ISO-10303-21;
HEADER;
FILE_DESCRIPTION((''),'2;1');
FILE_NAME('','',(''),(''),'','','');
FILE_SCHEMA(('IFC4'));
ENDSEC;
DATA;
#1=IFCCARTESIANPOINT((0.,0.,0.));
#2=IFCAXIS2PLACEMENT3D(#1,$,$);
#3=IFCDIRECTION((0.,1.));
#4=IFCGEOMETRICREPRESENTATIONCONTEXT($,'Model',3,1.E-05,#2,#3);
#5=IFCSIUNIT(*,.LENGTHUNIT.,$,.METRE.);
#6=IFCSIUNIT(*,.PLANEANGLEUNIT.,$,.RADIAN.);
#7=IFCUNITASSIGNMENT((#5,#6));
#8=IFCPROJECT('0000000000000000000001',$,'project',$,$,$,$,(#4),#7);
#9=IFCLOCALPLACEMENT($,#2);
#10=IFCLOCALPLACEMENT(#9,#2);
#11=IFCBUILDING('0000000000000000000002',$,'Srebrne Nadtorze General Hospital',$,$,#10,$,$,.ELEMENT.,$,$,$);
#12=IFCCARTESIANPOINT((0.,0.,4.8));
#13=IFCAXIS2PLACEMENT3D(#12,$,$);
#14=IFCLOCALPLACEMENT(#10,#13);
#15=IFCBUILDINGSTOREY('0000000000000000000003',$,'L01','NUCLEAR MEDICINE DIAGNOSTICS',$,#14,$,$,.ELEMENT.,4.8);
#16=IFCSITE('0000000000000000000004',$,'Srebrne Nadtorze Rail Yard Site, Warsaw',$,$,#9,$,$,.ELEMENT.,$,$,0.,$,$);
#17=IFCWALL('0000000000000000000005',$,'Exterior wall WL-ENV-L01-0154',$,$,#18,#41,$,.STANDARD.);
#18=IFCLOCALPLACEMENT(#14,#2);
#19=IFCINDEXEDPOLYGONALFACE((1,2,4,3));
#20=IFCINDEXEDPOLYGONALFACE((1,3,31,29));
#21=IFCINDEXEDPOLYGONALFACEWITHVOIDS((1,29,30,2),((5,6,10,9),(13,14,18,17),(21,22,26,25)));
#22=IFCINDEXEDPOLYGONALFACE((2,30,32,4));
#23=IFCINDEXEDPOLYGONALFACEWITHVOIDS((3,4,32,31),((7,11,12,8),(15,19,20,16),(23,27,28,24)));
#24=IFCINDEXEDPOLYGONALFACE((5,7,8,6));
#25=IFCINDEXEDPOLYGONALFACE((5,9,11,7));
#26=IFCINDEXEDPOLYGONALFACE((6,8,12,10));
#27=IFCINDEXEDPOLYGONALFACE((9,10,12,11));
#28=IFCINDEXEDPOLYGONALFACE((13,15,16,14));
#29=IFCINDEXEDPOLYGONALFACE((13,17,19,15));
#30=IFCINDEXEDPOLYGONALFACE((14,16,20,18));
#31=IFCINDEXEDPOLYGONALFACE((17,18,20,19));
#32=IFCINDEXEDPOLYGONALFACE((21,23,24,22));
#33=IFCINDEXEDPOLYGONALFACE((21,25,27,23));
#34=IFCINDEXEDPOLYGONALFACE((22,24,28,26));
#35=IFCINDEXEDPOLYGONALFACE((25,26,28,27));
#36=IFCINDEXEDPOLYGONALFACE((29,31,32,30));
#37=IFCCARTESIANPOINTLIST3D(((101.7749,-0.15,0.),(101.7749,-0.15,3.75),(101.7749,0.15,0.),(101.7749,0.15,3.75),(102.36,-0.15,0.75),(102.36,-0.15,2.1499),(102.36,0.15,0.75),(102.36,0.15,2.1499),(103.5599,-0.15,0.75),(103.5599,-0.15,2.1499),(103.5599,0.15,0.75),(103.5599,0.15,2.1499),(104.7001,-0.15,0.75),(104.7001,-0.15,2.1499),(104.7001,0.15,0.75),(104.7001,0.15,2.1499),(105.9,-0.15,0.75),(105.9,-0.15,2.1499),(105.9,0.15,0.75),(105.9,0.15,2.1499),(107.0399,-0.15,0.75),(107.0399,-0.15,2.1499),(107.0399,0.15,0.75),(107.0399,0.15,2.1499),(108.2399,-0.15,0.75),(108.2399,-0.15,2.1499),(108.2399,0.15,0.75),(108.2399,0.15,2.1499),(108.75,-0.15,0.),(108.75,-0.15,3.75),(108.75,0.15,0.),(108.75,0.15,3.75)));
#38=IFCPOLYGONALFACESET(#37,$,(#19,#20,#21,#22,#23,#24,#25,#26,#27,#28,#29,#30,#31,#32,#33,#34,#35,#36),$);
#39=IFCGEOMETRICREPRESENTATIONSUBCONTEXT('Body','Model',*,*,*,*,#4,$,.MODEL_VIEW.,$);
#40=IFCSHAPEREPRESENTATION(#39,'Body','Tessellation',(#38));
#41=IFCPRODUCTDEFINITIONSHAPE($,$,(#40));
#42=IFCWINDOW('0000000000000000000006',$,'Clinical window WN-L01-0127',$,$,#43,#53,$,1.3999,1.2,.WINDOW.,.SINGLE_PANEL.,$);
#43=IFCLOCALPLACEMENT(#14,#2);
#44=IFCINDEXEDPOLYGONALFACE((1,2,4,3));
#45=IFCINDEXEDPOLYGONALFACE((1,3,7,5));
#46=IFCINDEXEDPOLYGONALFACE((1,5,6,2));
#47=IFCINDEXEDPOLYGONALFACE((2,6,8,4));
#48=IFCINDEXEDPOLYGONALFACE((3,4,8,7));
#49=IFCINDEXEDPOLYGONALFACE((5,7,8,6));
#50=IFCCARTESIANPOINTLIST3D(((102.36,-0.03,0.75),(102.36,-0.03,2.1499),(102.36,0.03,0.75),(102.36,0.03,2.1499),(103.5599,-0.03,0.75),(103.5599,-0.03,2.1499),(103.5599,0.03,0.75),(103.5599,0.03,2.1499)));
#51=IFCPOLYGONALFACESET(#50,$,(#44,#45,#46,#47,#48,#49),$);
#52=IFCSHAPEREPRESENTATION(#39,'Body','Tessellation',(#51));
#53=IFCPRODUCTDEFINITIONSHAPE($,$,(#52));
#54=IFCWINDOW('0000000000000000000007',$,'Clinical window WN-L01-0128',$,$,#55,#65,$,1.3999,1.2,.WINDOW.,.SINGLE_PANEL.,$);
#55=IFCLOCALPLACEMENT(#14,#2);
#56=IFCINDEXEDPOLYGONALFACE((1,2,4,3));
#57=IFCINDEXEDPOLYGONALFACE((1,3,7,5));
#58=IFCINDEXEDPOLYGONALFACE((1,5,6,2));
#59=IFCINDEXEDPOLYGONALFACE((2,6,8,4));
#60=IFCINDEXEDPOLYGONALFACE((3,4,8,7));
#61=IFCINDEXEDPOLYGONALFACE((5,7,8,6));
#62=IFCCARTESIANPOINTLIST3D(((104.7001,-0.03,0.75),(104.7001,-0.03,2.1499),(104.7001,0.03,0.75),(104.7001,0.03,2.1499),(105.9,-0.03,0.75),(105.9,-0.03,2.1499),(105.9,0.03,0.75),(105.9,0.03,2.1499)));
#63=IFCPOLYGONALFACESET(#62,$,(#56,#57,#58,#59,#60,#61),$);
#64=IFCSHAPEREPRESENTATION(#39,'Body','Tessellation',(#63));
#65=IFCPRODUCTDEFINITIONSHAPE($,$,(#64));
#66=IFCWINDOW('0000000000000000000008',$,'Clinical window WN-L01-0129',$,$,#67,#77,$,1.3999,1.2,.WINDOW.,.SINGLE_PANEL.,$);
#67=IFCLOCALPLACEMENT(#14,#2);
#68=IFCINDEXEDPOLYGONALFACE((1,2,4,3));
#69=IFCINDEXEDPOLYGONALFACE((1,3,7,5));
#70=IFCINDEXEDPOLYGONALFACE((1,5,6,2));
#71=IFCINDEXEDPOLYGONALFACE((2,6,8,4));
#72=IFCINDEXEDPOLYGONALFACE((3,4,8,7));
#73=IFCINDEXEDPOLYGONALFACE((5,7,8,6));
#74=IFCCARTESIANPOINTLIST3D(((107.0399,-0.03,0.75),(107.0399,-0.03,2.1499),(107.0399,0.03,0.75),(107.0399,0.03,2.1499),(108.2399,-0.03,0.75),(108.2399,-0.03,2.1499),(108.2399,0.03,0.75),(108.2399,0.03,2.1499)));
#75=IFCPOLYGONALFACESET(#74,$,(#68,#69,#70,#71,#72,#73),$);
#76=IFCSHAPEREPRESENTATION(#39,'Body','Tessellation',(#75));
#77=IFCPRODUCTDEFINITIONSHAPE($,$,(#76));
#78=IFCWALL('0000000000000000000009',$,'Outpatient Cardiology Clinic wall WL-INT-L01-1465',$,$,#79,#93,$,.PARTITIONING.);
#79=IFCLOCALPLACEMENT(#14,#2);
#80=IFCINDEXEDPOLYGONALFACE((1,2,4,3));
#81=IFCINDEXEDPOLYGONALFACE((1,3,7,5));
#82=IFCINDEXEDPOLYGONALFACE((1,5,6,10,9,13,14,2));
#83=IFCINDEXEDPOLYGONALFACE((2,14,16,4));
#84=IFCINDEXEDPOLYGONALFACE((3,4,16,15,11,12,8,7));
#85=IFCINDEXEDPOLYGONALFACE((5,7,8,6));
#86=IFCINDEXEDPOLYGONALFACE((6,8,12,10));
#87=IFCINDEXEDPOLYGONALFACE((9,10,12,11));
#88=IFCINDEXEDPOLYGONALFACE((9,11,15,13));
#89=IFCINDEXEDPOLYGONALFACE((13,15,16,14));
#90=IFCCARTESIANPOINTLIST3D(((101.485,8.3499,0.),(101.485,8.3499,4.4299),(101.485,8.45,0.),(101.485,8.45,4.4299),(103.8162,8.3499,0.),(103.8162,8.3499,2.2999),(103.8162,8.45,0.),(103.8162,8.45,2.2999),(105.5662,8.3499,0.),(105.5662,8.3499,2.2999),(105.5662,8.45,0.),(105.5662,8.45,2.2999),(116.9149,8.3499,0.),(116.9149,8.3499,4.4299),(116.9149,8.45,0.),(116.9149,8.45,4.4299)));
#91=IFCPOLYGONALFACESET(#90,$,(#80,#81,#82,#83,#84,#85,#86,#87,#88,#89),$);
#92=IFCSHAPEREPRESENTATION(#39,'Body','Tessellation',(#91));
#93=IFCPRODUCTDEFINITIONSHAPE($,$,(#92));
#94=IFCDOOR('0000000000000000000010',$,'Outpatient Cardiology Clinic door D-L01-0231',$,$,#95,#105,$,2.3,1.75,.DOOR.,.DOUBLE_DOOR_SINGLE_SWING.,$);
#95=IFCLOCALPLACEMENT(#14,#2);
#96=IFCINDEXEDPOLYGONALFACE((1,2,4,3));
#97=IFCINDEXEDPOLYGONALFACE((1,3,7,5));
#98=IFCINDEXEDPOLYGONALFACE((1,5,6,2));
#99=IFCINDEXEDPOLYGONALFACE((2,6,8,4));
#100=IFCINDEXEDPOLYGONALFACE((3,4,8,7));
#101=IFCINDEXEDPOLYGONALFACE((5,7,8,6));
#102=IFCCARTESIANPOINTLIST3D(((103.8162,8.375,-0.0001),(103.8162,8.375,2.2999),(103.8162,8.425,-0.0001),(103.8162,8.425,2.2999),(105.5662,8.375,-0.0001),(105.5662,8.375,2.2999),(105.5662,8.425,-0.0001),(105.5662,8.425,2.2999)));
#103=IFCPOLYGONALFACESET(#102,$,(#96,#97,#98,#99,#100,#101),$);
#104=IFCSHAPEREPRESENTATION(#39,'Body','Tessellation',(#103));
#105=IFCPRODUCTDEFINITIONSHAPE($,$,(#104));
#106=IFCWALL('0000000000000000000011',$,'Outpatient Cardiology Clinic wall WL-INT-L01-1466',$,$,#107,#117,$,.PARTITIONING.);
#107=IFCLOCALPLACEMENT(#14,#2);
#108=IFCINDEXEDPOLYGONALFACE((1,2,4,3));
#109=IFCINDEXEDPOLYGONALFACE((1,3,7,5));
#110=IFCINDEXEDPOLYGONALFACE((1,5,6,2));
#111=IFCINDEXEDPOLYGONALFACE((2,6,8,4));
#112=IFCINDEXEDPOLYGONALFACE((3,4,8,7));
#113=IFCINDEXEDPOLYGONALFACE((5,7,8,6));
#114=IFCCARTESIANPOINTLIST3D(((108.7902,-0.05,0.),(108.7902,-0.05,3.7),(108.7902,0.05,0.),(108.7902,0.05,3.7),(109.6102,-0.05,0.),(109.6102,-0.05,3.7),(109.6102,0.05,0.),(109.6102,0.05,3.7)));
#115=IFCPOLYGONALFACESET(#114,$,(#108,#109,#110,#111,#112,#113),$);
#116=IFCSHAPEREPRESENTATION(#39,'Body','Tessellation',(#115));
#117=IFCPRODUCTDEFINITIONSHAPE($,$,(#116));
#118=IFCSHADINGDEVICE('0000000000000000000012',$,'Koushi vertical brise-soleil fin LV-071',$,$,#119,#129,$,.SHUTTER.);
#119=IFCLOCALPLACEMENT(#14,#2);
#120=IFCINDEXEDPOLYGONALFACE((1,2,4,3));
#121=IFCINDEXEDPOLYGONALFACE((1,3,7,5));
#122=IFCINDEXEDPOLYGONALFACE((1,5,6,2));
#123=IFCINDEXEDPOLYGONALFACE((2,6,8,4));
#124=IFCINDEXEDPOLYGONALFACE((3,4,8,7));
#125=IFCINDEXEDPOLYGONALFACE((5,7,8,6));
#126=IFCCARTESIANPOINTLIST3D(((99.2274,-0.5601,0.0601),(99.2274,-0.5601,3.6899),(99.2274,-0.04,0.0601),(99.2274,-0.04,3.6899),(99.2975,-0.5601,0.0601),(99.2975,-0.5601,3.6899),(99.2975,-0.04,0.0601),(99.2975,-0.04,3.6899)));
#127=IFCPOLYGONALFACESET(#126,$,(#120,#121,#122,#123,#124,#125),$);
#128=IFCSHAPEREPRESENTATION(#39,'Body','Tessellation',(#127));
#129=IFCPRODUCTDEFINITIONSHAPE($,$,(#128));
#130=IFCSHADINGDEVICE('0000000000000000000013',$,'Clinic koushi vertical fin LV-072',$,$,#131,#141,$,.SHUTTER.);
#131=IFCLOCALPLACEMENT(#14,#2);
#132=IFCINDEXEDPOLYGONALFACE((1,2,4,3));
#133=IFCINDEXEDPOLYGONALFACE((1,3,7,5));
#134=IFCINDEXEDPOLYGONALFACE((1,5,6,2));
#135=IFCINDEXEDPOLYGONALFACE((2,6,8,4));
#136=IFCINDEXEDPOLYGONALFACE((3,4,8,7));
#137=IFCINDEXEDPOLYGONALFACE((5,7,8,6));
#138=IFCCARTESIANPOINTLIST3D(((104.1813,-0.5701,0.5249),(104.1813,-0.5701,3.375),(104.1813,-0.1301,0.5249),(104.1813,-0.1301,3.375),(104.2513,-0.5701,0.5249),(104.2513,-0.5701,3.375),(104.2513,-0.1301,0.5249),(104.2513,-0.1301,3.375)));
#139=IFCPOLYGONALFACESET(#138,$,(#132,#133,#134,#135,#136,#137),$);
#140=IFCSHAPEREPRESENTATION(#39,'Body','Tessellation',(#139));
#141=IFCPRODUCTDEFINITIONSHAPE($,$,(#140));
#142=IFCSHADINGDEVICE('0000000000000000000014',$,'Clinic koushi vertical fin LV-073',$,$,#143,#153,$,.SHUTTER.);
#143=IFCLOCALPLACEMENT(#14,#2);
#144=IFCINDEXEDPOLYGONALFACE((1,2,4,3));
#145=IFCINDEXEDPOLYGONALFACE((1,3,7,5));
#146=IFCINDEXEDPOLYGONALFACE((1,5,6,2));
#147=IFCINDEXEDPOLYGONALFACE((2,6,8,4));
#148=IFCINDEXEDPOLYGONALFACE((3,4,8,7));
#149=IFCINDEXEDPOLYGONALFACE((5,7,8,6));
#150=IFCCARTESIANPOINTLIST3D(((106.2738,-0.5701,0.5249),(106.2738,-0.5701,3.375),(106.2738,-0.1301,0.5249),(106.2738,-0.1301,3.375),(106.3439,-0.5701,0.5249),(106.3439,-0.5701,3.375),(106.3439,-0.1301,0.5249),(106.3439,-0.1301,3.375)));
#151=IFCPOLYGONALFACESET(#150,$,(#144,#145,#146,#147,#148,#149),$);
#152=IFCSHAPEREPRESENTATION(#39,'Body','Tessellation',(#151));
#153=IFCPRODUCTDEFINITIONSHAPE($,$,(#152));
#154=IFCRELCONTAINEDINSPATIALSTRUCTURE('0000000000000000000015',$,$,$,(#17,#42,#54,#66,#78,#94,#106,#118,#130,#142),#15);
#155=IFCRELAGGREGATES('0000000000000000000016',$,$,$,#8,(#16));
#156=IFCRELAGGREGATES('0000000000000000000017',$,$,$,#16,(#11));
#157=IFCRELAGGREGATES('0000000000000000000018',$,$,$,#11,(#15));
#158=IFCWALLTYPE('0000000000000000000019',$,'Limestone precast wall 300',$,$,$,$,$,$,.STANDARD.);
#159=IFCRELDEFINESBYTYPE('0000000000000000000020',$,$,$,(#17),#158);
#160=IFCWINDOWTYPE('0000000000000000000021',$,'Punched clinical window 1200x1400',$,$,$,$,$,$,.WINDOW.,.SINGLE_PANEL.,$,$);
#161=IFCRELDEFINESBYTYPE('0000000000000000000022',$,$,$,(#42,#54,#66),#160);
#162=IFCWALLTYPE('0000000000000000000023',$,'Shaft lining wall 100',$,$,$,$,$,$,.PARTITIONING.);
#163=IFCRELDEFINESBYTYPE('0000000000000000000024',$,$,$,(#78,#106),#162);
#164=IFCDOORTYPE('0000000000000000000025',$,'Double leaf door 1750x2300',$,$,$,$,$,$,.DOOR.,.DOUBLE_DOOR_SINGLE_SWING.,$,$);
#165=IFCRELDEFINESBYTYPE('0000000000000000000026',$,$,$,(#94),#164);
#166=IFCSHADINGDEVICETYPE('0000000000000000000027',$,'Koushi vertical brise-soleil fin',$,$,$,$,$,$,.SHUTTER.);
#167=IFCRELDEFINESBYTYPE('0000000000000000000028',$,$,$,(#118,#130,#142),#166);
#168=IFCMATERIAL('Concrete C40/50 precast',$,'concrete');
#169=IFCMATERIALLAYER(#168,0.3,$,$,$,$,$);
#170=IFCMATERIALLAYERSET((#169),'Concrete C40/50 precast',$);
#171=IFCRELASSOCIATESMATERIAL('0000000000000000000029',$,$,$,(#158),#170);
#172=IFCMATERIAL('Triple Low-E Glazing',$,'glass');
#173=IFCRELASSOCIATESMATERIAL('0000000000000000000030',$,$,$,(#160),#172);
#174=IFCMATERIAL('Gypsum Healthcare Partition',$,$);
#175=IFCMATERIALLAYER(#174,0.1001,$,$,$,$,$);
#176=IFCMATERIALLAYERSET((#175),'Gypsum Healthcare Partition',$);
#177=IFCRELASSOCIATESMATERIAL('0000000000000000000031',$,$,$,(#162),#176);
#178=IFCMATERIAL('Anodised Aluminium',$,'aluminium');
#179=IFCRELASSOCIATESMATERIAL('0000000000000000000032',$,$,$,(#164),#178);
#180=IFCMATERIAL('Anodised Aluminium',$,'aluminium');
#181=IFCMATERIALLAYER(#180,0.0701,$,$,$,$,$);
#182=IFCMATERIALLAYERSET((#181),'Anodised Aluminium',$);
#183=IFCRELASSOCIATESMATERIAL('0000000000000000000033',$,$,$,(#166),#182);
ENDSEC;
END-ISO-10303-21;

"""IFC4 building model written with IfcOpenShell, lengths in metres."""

from ifc_helpers import new_model, si_unit, direction, frame, frame_2d, origin, origin_2d, place, context, subcontext, project, spatial, rectangle, extrude, material, layer, layer_set, type_object, element, fill, save


model = new_model("IFC4")

# Units and contexts
model_context = context("Model", 3, precision=1e-05, world=origin(), true_north=direction((0.0, 1.0)))
body_context = subcontext(model_context, "Body", "Model", "MODEL_VIEW")
ifc_project = project(units=[si_unit("LENGTHUNIT", "METRE"), si_unit("PLANEANGLEUNIT", "RADIAN")], contexts=[model_context])

# Site, building, storey
site_placement = place(None, origin())
site = spatial("IfcSite", under=ifc_project, at=site_placement, Name="Srebrne Nadtorze Rail Yard Site, Warsaw", CompositionType="ELEMENT", RefElevation=0.0)
building_placement = place(site_placement, origin())
building = spatial("IfcBuilding", under=site, at=building_placement, Name="Srebrne Nadtorze General Hospital", CompositionType="ELEMENT")
storey_placement = place(building_placement, frame((0.0, 0.0, 4.8)))
storey = spatial("IfcBuildingStorey", under=building, at=storey_placement, Name="L01", Description="NUCLEAR MEDICINE DIAGNOSTICS", CompositionType="ELEMENT", Elevation=4.8)

# Wall, openings, windows
ifc_material_1 = material(Name="Concrete C40/50 precast", Category="concrete")
ifc_layer_1 = layer(ifc_material_1, 0.3)
ifc_layer_set_1 = layer_set([ifc_layer_1], Name="Concrete C40/50 precast")
wall_type_1 = type_object("IfcWallType", Name="Limestone precast wall 300", PredefinedType="STANDARD", material=ifc_layer_set_1)
wall_1_placement = place(storey_placement, frame((101.7749, 0.0, 0.0), z_axis=(0.0, 0.0, 1.0), x_axis=(1.0, 0.0, 0.0)))
wall_1 = element("IfcWall", 1, at=wall_1_placement, inside=storey, type_object=wall_type_1, Name="Exterior wall WL-ENV-L01-0154", PredefinedType="STANDARD", context=body_context, shape_type="SweptSolid", body=[
    extrude(rectangle(XDim=6.9751, YDim=0.3, at=frame_2d((3.4875, 0.0))), origin(), (0.0, 0.0, 1.0), 3.75),
])
opening_1_placement = place(wall_1_placement, frame((0.585, 0.0, 0.75)))
opening_1 = element("IfcOpeningElement", 2, at=opening_1_placement, cuts=wall_1, PredefinedType="OPENING", context=body_context, shape_type="SweptSolid", body=[
    extrude(rectangle(XDim=1.2, YDim=1.3999, at=frame_2d((0.6001, 0.7))), frame((0.0, 0.1621, 0.0), z_axis=(0.0, -1.0, 0.0), x_axis=(1.0, 0.0, 0.0)), (0.0, 0.0, 1.0), 0.324),
])
opening_2_placement = place(wall_1_placement, frame((2.925, 0.0, 0.75)))
opening_2 = element("IfcOpeningElement", 3, at=opening_2_placement, cuts=wall_1, PredefinedType="OPENING", context=body_context, shape_type="SweptSolid", body=[
    extrude(rectangle(XDim=1.2, YDim=1.3999, at=frame_2d((0.6001, 0.7))), frame((0.0, 0.1621, 0.0), z_axis=(0.0, -1.0, 0.0), x_axis=(1.0, 0.0, 0.0)), (0.0, 0.0, 1.0), 0.324),
])
opening_3_placement = place(wall_1_placement, frame((5.2649, 0.0, 0.75)))
opening_3 = element("IfcOpeningElement", 4, at=opening_3_placement, cuts=wall_1, PredefinedType="OPENING", context=body_context, shape_type="SweptSolid", body=[
    extrude(rectangle(XDim=1.2, YDim=1.3999, at=frame_2d((0.6001, 0.7))), frame((0.0, 0.1621, 0.0), z_axis=(0.0, -1.0, 0.0), x_axis=(1.0, 0.0, 0.0)), (0.0, 0.0, 1.0), 0.324),
])
ifc_material_2 = material(Name="Triple Low-E Glazing", Category="glass")
window_type = type_object("IfcWindowType", Name="Punched clinical window 1200x1400", PartitioningType="SINGLE_PANEL", PredefinedType="WINDOW", material=ifc_material_2)
window_1_placement = place(opening_1_placement, origin())
window_1 = element("IfcWindow", 5, at=window_1_placement, inside=storey, type_object=window_type, Name="Clinical window WN-L01-0127", OverallHeight=1.3999, OverallWidth=1.2, PartitioningType="SINGLE_PANEL", PredefinedType="WINDOW", context=body_context, shape_type="SweptSolid", body=[
    extrude(rectangle(XDim=1.2, YDim=1.3999, at=frame_2d((0.6001, 0.7))), frame((0.0, 0.03, 0.0), z_axis=(0.0, -1.0, 0.0), x_axis=(1.0, 0.0, 0.0)), (0.0, 0.0, 1.0), 0.0601),
])
fill(opening_1, window_1)
window_2_placement = place(opening_2_placement, origin())
window_2 = element("IfcWindow", 6, at=window_2_placement, inside=storey, type_object=window_type, Name="Clinical window WN-L01-0128", OverallHeight=1.3999, OverallWidth=1.2, PartitioningType="SINGLE_PANEL", PredefinedType="WINDOW", context=body_context, shape_type="SweptSolid", body=[
    extrude(rectangle(XDim=1.2, YDim=1.3999, at=frame_2d((0.6001, 0.7))), frame((0.0, 0.03, 0.0), z_axis=(0.0, -1.0, 0.0), x_axis=(1.0, 0.0, 0.0)), (0.0, 0.0, 1.0), 0.0601),
])
fill(opening_2, window_2)
window_3_placement = place(opening_3_placement, origin())
window_3 = element("IfcWindow", 7, at=window_3_placement, inside=storey, type_object=window_type, Name="Clinical window WN-L01-0129", OverallHeight=1.3999, OverallWidth=1.2, PartitioningType="SINGLE_PANEL", PredefinedType="WINDOW", context=body_context, shape_type="SweptSolid", body=[
    extrude(rectangle(XDim=1.2, YDim=1.3999, at=frame_2d((0.6001, 0.7))), frame((0.0, 0.03, 0.0), z_axis=(0.0, -1.0, 0.0), x_axis=(1.0, 0.0, 0.0)), (0.0, 0.0, 1.0), 0.0601),
])
fill(opening_3, window_3)

# Wall, opening, door
ifc_material_3 = material(Name="Gypsum Healthcare Partition")
ifc_layer_2 = layer(ifc_material_3, 0.1001)
ifc_layer_set_2 = layer_set([ifc_layer_2], Name="Gypsum Healthcare Partition")
wall_type_2 = type_object("IfcWallType", Name="Shaft lining wall 100", PredefinedType="PARTITIONING", material=ifc_layer_set_2)
wall_2_placement = place(storey_placement, frame((101.4851, 8.3999, 0.0), z_axis=(0.0, 0.0, 1.0), x_axis=(1.0, 0.0, 0.0)))
wall_2 = element("IfcWall", 8, at=wall_2_placement, inside=storey, type_object=wall_type_2, Name="Outpatient Cardiology Clinic wall WL-INT-L01-1465", PredefinedType="PARTITIONING", context=body_context, shape_type="SweptSolid", body=[
    extrude(rectangle(XDim=15.4299, YDim=0.1001, at=frame_2d((7.7148, 0.0))), origin(), (0.0, 0.0, 1.0), 4.4299),
])
opening_4_placement = place(wall_2_placement, frame((2.3311, 0.0, 0.0)))
opening_4 = element("IfcOpeningElement", 9, at=opening_4_placement, cuts=wall_2, PredefinedType="OPENING", context=body_context, shape_type="SweptSolid", body=[
    extrude(rectangle(XDim=1.75, YDim=2.3, at=frame_2d((0.875, 1.1499))), frame((0.0, 0.062, 0.0), z_axis=(0.0, -1.0, 0.0), x_axis=(1.0, 0.0, 0.0)), (0.0, 0.0, 1.0), 0.124),
])
ifc_material_4 = material(Name="Anodised Aluminium", Category="aluminium")
door_type = type_object("IfcDoorType", Name="Double leaf door 1750x2300", OperationType="DOUBLE_DOOR_SINGLE_SWING", PredefinedType="DOOR", material=ifc_material_4)
door_placement = place(opening_4_placement, frame((1.75, 0.0, 0.0), z_axis=(0.0, 0.0, 1.0), x_axis=(-1.0, 0.0, 0.0)))
door = element("IfcDoor", 10, at=door_placement, inside=storey, type_object=door_type, Name="Outpatient Cardiology Clinic door D-L01-0231", OperationType="DOUBLE_DOOR_SINGLE_SWING", OverallHeight=2.3, OverallWidth=1.75, PredefinedType="DOOR", context=body_context, shape_type="SweptSolid", body=[
    extrude(rectangle(XDim=1.75, YDim=2.3, at=frame_2d((0.875, 1.1499))), frame((0.0, 0.0249, 0.0), z_axis=(0.0, -1.0, 0.0), x_axis=(1.0, 0.0, 0.0)), (0.0, 0.0, 1.0), 0.05),
])
fill(opening_4, door)

# Wall
wall_3_placement = place(storey_placement, frame((108.79, 0.0, 0.0), z_axis=(0.0, 0.0, 1.0), x_axis=(1.0, 0.0, 0.0)))
element("IfcWall", 11, at=wall_3_placement, inside=storey, type_object=wall_type_2, Name="Outpatient Cardiology Clinic wall WL-INT-L01-1466", PredefinedType="PARTITIONING", context=body_context, shape_type="SweptSolid", body=[
    extrude(rectangle(XDim=0.8201, YDim=0.1001, at=frame_2d((0.4102, 0.0))), origin(), (0.0, 0.0, 1.0), 3.7),
])

# Shading devices
ifc_material_5 = material(Name="Anodised Aluminium", Category="aluminium")
ifc_layer_3 = layer(ifc_material_5, 0.0701)
ifc_layer_set_3 = layer_set([ifc_layer_3], Name="Anodised Aluminium")
shading_device_type = type_object("IfcShadingDeviceType", Name="Koushi vertical brise-soleil fin", PredefinedType="SHUTTER", material=ifc_layer_set_3)
shading_device_placement = place(storey_placement, frame((99.2625, -0.3, 0.0601), z_axis=(0.0, 0.0, 1.0), x_axis=(1.0, 0.0, 0.0)))
element("IfcShadingDevice", 12, at=shading_device_placement, inside=storey, type_object=shading_device_type, Name="Koushi vertical brise-soleil fin LV-071", PredefinedType="SHUTTER", context=body_context, shape_type="SweptSolid", body=[
    extrude(rectangle(XDim=0.0701, YDim=0.52, at=origin_2d()), origin(), (0.0, 0.0, 1.0), 3.6299),
])
for number, where, z_axis, x_axis, name in (
    (13, (104.2163, -0.3501, 0.5249), (0.0, 0.0, 1.0), (1.0, 0.0, 0.0), "Clinic koushi vertical fin LV-072"),
    (14, (106.3088, -0.3501, 0.5249), (0.0, 0.0, 1.0), (1.0, 0.0, 0.0), "Clinic koushi vertical fin LV-073"),
):
    element("IfcShadingDevice", number, at=place(storey_placement, frame(where, z_axis=z_axis, x_axis=x_axis)), inside=storey, type_object=shading_device_type, Name=name, PredefinedType="SHUTTER", context=body_context, shape_type="SweptSolid", body=[
        extrude(rectangle(XDim=0.0701, YDim=0.4399, at=origin_2d()), origin(), (0.0, 0.0, 1.0), 2.8501),
    ])

save(model, "model.ifc")
